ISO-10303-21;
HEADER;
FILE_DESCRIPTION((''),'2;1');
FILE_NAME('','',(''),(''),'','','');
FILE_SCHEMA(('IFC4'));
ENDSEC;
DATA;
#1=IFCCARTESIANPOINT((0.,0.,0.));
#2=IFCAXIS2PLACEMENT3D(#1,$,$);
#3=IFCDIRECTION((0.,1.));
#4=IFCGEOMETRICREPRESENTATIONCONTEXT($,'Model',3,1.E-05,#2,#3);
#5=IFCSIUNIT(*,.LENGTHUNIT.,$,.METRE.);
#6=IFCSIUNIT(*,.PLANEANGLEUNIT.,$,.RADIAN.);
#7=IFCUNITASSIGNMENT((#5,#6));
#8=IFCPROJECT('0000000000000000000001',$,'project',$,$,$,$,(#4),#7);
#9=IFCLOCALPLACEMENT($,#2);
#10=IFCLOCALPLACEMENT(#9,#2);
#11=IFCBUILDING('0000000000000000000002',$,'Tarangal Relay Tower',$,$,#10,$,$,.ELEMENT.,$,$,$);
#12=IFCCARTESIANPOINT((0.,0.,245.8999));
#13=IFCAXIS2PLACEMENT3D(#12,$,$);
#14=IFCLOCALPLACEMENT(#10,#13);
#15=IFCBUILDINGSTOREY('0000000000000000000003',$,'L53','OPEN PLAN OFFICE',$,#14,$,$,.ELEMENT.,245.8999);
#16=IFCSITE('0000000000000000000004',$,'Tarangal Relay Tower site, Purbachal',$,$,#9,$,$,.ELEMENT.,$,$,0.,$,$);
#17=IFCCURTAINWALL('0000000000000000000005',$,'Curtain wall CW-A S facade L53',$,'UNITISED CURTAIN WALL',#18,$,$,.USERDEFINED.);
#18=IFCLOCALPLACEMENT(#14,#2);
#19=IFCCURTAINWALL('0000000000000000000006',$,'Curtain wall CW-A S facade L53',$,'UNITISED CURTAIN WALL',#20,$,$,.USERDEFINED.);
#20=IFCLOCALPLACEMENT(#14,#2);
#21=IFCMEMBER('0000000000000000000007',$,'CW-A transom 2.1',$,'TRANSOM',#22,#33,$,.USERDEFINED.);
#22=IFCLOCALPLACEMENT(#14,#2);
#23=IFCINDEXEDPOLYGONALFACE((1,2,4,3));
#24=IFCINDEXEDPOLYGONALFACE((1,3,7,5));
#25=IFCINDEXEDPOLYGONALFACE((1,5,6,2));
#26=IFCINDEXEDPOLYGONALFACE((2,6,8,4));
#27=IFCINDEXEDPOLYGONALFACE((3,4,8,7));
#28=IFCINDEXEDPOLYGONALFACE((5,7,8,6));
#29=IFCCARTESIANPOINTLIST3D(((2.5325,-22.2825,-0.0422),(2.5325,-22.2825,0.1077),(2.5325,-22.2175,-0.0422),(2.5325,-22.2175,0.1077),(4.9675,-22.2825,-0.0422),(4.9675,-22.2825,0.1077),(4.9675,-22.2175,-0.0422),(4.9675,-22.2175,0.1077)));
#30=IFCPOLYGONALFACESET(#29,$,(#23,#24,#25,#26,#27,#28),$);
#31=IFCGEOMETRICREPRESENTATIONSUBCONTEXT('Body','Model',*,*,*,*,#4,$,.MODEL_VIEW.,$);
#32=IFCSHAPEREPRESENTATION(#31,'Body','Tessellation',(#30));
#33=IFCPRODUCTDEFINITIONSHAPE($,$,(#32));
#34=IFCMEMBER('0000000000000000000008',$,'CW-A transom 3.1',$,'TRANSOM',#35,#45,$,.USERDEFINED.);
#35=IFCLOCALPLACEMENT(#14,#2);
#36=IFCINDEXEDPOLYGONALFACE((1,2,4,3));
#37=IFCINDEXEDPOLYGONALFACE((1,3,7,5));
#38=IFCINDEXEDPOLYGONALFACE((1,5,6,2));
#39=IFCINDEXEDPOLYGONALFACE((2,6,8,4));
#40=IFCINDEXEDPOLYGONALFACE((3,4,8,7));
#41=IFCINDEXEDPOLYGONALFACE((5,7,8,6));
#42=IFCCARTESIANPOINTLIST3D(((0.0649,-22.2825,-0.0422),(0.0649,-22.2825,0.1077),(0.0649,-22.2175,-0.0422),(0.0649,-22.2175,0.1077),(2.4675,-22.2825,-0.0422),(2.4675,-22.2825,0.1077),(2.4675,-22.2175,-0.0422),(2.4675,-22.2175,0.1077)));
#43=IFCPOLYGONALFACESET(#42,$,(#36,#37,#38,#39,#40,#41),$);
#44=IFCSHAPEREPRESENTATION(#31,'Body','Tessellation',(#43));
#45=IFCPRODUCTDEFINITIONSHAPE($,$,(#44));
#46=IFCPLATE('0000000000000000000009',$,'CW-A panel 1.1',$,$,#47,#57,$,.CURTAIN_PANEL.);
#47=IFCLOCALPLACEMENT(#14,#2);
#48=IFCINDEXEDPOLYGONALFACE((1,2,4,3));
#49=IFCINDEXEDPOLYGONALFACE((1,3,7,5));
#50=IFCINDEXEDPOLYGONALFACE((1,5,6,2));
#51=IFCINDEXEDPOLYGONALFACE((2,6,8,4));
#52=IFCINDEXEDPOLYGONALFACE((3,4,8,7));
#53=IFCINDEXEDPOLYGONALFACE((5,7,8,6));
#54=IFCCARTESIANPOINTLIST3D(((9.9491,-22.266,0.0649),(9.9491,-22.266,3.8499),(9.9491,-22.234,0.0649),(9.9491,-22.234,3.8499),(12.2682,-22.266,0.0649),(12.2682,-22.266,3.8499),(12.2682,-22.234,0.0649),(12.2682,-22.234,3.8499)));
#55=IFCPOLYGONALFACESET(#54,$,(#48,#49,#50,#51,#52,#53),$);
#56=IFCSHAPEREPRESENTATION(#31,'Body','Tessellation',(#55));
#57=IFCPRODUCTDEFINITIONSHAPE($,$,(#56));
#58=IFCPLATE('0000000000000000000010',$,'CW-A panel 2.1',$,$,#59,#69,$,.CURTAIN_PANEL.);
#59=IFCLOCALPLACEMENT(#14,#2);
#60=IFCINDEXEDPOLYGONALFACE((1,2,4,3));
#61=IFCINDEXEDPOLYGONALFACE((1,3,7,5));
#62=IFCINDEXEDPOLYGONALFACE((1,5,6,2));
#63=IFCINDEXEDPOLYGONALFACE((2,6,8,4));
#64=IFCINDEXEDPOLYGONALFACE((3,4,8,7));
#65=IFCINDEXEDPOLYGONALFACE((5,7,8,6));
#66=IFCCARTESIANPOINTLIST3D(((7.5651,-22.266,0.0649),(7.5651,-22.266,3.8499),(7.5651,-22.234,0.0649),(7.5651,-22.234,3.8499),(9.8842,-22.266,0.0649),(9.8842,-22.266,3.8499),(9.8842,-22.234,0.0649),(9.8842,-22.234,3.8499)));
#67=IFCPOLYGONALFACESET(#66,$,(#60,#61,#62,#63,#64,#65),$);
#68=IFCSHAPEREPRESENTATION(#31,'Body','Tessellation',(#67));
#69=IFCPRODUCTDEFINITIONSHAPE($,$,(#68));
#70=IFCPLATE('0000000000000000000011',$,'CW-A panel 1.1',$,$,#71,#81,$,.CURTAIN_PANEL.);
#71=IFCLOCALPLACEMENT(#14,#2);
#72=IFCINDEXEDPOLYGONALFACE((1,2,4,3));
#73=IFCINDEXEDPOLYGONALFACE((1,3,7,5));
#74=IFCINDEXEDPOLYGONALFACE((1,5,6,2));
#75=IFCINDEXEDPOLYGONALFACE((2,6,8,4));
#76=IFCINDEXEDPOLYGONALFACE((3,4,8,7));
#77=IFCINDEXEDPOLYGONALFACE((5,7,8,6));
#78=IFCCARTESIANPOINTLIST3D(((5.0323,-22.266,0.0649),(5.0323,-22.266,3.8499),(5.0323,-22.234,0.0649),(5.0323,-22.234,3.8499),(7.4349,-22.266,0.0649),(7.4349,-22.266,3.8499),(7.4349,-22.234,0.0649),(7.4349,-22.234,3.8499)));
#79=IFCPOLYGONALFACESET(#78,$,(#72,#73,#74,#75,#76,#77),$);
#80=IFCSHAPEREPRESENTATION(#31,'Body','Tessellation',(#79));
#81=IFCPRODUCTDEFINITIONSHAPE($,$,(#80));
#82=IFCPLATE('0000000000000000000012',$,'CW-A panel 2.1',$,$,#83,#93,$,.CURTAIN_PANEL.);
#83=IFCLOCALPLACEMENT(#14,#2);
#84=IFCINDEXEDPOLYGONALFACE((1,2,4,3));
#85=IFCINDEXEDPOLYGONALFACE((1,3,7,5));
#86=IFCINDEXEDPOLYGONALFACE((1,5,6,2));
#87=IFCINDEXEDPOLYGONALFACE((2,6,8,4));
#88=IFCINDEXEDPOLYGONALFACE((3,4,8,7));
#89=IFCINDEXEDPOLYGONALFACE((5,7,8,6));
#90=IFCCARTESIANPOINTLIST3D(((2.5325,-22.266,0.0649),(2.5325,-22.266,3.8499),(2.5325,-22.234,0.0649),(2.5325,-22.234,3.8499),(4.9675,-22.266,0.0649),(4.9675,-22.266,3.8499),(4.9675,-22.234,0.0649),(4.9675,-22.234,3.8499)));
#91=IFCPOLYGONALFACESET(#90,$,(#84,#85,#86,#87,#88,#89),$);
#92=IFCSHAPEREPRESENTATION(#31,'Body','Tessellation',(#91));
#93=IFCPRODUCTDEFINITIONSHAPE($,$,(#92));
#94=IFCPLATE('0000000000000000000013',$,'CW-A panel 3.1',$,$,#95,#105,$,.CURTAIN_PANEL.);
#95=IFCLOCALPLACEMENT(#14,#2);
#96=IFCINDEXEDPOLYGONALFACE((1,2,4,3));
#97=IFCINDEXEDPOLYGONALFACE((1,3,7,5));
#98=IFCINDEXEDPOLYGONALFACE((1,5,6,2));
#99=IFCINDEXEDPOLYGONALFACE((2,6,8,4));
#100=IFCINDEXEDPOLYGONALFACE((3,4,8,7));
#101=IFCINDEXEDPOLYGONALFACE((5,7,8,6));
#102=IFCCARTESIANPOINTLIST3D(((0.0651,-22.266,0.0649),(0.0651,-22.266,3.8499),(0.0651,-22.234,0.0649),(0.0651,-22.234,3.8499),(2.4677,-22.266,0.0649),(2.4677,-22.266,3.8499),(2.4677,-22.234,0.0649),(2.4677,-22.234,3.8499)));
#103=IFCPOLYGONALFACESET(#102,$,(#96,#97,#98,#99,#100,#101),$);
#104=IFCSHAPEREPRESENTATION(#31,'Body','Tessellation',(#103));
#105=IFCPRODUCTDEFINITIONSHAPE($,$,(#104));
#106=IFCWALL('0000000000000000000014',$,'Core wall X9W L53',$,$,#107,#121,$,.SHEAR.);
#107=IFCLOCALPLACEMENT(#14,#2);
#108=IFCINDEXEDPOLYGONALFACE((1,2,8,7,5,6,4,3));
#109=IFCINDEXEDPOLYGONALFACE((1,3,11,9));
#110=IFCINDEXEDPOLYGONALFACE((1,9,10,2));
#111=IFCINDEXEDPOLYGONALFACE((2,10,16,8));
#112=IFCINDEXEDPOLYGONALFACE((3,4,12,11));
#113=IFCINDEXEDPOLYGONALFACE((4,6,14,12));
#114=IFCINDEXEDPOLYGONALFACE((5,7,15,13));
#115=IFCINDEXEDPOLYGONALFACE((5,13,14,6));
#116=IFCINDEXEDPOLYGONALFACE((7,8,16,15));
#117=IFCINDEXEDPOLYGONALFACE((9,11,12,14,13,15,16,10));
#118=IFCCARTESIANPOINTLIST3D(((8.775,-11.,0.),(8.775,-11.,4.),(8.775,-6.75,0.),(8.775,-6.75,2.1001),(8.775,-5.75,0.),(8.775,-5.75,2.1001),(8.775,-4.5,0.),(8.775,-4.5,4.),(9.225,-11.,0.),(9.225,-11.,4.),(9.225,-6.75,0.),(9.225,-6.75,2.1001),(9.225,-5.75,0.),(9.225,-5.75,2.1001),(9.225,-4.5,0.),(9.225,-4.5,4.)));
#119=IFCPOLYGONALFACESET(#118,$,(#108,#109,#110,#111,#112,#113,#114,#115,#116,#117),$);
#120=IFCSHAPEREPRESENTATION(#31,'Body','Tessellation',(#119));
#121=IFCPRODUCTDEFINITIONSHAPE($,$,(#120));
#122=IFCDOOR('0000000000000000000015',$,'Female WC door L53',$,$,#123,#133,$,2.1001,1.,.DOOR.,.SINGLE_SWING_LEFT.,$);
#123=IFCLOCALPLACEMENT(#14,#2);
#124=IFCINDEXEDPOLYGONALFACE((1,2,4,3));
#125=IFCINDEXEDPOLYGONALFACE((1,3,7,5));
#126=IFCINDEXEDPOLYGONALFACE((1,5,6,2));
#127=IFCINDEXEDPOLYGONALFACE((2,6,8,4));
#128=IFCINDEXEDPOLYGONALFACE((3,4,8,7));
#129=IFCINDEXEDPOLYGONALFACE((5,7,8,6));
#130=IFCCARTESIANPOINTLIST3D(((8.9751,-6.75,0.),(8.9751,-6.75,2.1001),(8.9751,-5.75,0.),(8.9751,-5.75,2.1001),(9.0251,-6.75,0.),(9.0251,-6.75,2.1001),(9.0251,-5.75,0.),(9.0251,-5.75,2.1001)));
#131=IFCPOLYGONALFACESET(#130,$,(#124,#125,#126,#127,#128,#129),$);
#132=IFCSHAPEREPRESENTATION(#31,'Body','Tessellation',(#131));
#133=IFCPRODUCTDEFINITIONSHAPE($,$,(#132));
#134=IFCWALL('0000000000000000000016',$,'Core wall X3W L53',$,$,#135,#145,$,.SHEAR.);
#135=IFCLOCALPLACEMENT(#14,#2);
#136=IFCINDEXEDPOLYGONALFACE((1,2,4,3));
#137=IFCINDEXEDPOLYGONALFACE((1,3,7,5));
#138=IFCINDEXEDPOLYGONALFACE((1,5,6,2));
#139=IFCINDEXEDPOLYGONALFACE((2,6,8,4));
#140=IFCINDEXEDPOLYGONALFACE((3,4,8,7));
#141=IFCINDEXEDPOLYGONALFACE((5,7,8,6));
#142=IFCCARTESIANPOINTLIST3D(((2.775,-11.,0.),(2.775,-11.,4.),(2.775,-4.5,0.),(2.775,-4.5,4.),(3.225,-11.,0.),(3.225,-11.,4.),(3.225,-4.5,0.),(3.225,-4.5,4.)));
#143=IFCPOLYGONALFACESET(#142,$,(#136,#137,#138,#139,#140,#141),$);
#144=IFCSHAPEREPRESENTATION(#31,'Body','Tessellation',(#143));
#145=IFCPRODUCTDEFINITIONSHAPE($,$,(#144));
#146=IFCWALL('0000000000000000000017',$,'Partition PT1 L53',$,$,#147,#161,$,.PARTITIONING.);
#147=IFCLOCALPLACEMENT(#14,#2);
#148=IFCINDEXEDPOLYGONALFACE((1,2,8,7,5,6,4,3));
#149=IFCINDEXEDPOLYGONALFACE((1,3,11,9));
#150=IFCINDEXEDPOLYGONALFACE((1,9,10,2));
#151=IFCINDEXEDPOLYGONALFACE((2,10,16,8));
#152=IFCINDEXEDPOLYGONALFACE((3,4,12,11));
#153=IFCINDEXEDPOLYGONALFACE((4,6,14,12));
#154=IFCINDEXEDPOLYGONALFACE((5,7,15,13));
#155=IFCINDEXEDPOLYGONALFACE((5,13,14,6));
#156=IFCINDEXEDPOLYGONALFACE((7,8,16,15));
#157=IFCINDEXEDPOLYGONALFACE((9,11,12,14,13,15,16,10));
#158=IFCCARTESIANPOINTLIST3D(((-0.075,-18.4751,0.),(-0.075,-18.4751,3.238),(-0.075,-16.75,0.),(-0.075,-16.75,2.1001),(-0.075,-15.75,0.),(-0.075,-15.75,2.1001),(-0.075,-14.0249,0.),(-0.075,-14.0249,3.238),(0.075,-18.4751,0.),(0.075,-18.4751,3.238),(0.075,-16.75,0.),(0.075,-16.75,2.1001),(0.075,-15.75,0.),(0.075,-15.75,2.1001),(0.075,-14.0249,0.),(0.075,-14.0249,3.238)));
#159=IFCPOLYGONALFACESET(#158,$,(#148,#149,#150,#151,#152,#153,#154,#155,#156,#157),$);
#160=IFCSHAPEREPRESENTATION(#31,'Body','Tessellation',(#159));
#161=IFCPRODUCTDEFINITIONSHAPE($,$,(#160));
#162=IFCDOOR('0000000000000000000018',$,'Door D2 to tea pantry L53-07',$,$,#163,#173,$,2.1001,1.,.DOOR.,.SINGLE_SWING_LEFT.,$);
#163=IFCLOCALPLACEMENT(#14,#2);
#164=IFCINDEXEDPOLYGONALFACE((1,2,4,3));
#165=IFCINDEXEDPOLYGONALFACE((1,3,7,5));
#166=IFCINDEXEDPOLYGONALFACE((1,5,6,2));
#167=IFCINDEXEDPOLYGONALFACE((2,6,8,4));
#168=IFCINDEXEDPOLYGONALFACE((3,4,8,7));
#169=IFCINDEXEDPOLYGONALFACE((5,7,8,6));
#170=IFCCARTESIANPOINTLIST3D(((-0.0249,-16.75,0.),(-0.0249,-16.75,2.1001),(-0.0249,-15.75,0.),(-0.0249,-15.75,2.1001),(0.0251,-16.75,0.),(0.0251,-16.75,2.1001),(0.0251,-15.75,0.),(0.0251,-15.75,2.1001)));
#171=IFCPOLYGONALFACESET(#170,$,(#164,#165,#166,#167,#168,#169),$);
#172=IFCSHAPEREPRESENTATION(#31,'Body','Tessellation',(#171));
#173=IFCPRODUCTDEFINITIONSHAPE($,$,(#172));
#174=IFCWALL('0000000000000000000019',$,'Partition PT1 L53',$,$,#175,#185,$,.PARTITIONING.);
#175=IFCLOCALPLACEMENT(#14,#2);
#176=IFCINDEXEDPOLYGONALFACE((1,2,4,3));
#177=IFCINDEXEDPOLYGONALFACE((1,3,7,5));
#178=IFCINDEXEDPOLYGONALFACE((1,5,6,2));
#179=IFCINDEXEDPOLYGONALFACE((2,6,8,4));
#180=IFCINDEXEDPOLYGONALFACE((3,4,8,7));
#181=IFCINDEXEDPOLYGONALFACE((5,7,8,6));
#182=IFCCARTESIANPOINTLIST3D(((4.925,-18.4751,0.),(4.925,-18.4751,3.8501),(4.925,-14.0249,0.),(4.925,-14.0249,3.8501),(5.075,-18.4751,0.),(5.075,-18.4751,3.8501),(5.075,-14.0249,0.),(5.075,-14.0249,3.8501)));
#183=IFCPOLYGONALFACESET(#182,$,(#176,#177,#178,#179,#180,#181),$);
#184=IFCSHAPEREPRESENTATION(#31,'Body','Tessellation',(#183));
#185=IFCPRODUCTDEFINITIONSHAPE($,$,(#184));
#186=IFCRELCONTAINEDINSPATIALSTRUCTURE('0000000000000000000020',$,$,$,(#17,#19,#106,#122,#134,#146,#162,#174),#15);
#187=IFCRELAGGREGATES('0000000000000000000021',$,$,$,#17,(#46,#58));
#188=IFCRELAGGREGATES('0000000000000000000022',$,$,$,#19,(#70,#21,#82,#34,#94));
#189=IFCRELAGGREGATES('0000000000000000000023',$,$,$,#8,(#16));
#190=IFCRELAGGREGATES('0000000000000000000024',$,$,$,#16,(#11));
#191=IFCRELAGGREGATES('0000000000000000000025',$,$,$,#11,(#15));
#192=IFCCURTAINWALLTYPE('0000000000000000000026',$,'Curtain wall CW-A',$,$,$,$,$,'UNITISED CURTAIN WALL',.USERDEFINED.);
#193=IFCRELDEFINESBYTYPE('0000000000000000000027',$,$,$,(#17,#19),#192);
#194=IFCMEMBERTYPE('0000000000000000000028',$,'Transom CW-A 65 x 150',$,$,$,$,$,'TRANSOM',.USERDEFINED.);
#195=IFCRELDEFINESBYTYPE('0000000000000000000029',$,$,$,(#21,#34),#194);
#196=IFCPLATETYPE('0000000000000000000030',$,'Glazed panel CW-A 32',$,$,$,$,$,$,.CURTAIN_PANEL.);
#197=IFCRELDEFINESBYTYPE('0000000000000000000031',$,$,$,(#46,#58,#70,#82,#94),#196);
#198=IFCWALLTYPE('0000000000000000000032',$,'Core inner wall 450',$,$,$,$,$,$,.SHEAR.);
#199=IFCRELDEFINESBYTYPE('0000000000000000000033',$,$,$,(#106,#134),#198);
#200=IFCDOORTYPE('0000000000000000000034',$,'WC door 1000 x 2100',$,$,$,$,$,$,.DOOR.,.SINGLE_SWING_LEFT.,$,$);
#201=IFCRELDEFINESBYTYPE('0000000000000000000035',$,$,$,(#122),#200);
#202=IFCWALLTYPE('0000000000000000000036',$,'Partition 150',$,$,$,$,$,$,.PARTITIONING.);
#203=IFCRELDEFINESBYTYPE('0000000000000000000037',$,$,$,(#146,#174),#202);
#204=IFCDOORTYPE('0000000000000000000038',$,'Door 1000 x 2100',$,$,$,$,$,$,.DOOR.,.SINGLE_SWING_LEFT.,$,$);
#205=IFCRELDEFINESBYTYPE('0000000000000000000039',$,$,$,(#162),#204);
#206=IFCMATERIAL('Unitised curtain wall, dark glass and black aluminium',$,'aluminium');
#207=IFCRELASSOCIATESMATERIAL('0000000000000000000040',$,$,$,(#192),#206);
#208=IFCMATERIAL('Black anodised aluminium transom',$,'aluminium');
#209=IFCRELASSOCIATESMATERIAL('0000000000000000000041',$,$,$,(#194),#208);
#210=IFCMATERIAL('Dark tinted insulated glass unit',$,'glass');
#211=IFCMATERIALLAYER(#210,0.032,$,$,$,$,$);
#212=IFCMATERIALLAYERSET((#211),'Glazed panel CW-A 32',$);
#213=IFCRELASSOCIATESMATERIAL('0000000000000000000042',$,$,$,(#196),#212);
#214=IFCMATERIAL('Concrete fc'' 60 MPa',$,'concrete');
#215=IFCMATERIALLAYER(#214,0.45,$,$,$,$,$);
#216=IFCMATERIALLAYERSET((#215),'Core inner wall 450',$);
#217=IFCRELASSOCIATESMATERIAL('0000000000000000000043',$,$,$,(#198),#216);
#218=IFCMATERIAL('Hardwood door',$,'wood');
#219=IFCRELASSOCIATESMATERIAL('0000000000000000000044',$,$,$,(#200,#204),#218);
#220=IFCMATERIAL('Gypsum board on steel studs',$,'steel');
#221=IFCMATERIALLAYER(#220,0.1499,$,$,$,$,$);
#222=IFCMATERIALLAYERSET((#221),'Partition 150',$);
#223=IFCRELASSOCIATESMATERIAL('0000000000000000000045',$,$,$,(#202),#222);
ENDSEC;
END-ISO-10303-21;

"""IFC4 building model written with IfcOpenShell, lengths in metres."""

from ifc_helpers import new_model, si_unit, direction, frame, frame_2d, origin, origin_2d, place, context, subcontext, project, spatial, rectangle, extrude, material, layer, layer_set, material_profile, profile_set, type_object, element, fill, aggregate, save


model = new_model("IFC4")

# Units and contexts
model_context = context("Model", 3, precision=1e-05, world=origin(), true_north=direction((0.0, 1.0)))
body_context = subcontext(model_context, "Body", "Model", "MODEL_VIEW")
ifc_project = project(units=[si_unit("LENGTHUNIT", "METRE"), si_unit("PLANEANGLEUNIT", "RADIAN")], contexts=[model_context])

# Site, building, storey
site_placement = place(None, origin())
site = spatial("IfcSite", under=ifc_project, at=site_placement, Name="Tarangal Relay Tower site, Purbachal", CompositionType="ELEMENT", RefElevation=0.0)
building_placement = place(site_placement, origin())
building = spatial("IfcBuilding", under=site, at=building_placement, Name="Tarangal Relay Tower", CompositionType="ELEMENT")
storey_placement = place(building_placement, frame((0.0, 0.0, 245.8999)))
storey = spatial("IfcBuildingStorey", under=building, at=storey_placement, Name="L53", Description="OPEN PLAN OFFICE", CompositionType="ELEMENT", Elevation=245.8999)

# Curtain walls
ifc_material_1 = material(Name="Unitised curtain wall, dark glass and black aluminium", Category="aluminium")
curtain_wall_type = type_object("IfcCurtainWallType", Name="Curtain wall CW-A", ElementType="UNITISED CURTAIN WALL", PredefinedType="USERDEFINED", material=ifc_material_1)
curtain_wall_1_placement = place(storey_placement, origin())
curtain_wall_1 = element("IfcCurtainWall", 1, at=curtain_wall_1_placement, inside=storey, type_object=curtain_wall_type, Name="Curtain wall CW-A S facade L53", ObjectType="UNITISED CURTAIN WALL", PredefinedType="USERDEFINED")
curtain_wall_2_placement = place(storey_placement, origin())
curtain_wall_2 = element("IfcCurtainWall", 2, at=curtain_wall_2_placement, inside=storey, type_object=curtain_wall_type, Name="Curtain wall CW-A S facade L53", ObjectType="UNITISED CURTAIN WALL", PredefinedType="USERDEFINED")

# Members
ifc_material_2 = material(Name="Black anodised aluminium transom", Category="aluminium")
ifc_material_profile_1 = material_profile(ifc_material_2, rectangle(XDim=0.0649, YDim=0.1499, at=origin_2d()), Name="CW-AT 65X150")
ifc_profile_set_1 = profile_set([ifc_material_profile_1], Name="Black anodised aluminium transom")
member_type_1 = type_object("IfcMemberType", Name="Transom CW-A 65 x 150", ElementType="TRANSOM", PredefinedType="USERDEFINED", material=ifc_profile_set_1)
member_1_placement = place(storey_placement, frame((4.9675, -22.25, 0.0327), z_axis=(-1.0, 0.0, 0.0), x_axis=(0.0, -1.0, 0.0)))
member_1 = element("IfcMember", 3, at=member_1_placement, type_object=member_type_1, Name="CW-A transom 2.1", ObjectType="TRANSOM", PredefinedType="USERDEFINED", context=body_context, shape_type="SweptSolid", body=[
    extrude(rectangle(XDim=0.0649, YDim=0.1499, at=origin_2d()), origin(), (0.0, 0.0, 1.0), 2.4351),
])
member_2_placement = place(storey_placement, frame((2.4675, -22.25, 0.0327), z_axis=(-1.0, 0.0, 0.0), x_axis=(0.0, -1.0, 0.0)))
member_2 = element("IfcMember", 4, at=member_2_placement, type_object=member_type_1, Name="CW-A transom 3.1", ObjectType="TRANSOM", PredefinedType="USERDEFINED", context=body_context, shape_type="SweptSolid", body=[
    extrude(rectangle(XDim=0.0649, YDim=0.1499, at=origin_2d()), origin(), (0.0, 0.0, 1.0), 2.4026),
])

# Plates
ifc_material_3 = material(Name="Dark tinted insulated glass unit", Category="glass")
ifc_layer_1 = layer(ifc_material_3, 0.032)
ifc_layer_set_1 = layer_set([ifc_layer_1], Name="Glazed panel CW-A 32")
plate_type = type_object("IfcPlateType", Name="Glazed panel CW-A 32", PredefinedType="CURTAIN_PANEL", material=ifc_layer_set_1)
plate_1_placement = place(storey_placement, frame((11.1086, -22.25, 0.0649), z_axis=(0.0, 0.0, 1.0), x_axis=(-1.0, 0.0, 0.0)))
plate_1 = element("IfcPlate", 5, at=plate_1_placement, type_object=plate_type, Name="CW-A panel 1.1", PredefinedType="CURTAIN_PANEL", context=body_context, shape_type="SweptSolid", body=[
    extrude(rectangle(XDim=2.3191, YDim=0.032, at=origin_2d()), origin(), (0.0, 0.0, 1.0), 3.7849),
])
plate_2_placement = place(storey_placement, frame((8.7246, -22.25, 0.0649), z_axis=(0.0, 0.0, 1.0), x_axis=(-1.0, 0.0, 0.0)))
plate_2 = element("IfcPlate", 6, at=plate_2_placement, type_object=plate_type, Name="CW-A panel 2.1", PredefinedType="CURTAIN_PANEL", context=body_context, shape_type="SweptSolid", body=[
    extrude(rectangle(XDim=2.3191, YDim=0.032, at=origin_2d()), origin(), (0.0, 0.0, 1.0), 3.7849),
])
aggregate(curtain_wall_1, [plate_1, plate_2])
plate_3_placement = place(storey_placement, frame((6.2336, -22.25, 0.0649), z_axis=(0.0, 0.0, 1.0), x_axis=(-1.0, 0.0, 0.0)))
plate_3 = element("IfcPlate", 7, at=plate_3_placement, type_object=plate_type, Name="CW-A panel 1.1", PredefinedType="CURTAIN_PANEL", context=body_context, shape_type="SweptSolid", body=[
    extrude(rectangle(XDim=2.4026, YDim=0.032, at=origin_2d()), origin(), (0.0, 0.0, 1.0), 3.7849),
])
plate_4_placement = place(storey_placement, frame((3.75, -22.25, 0.0649), z_axis=(0.0, 0.0, 1.0), x_axis=(-1.0, 0.0, 0.0)))
plate_4 = element("IfcPlate", 8, at=plate_4_placement, type_object=plate_type, Name="CW-A panel 2.1", PredefinedType="CURTAIN_PANEL", context=body_context, shape_type="SweptSolid", body=[
    extrude(rectangle(XDim=2.4351, YDim=0.032, at=origin_2d()), origin(), (0.0, 0.0, 1.0), 3.7849),
])
plate_5_placement = place(storey_placement, frame((1.2664, -22.25, 0.0649), z_axis=(0.0, 0.0, 1.0), x_axis=(-1.0, 0.0, 0.0)))
plate_5 = element("IfcPlate", 9, at=plate_5_placement, type_object=plate_type, Name="CW-A panel 3.1", PredefinedType="CURTAIN_PANEL", context=body_context, shape_type="SweptSolid", body=[
    extrude(rectangle(XDim=2.4026, YDim=0.032, at=origin_2d()), origin(), (0.0, 0.0, 1.0), 3.7849),
])
aggregate(curtain_wall_2, [plate_3, member_1, plate_4, member_2, plate_5])

# Wall, opening, door
ifc_material_4 = material(Name="Concrete fc' 60 MPa", Category="concrete")
ifc_layer_2 = layer(ifc_material_4, 0.45)
ifc_layer_set_2 = layer_set([ifc_layer_2], Name="Core inner wall 450")
wall_type_1 = type_object("IfcWallType", Name="Core inner wall 450", PredefinedType="SHEAR", material=ifc_layer_set_2)
wall_1_placement = place(storey_placement, frame((9.0, -11.0, 0.0), z_axis=(0.0, 0.0, 1.0), x_axis=(0.0, 1.0, 0.0)))
wall_1 = element("IfcWall", 10, at=wall_1_placement, inside=storey, type_object=wall_type_1, Name="Core wall X9W L53", PredefinedType="SHEAR", context=body_context, shape_type="SweptSolid", body=[
    extrude(rectangle(XDim=6.5, YDim=0.45, at=frame_2d((3.25, 0.0))), origin(), (0.0, 0.0, 1.0), 4.0),
])
opening_1_placement = place(wall_1_placement, frame((4.25, 0.0, 0.0)))
opening_1 = element("IfcOpeningElement", 11, at=opening_1_placement, cuts=wall_1, PredefinedType="OPENING", context=body_context, shape_type="SweptSolid", body=[
    extrude(rectangle(XDim=1.0, YDim=2.1001, at=frame_2d((0.5, 1.05))), frame((0.0, 0.2349, 0.0), z_axis=(0.0, -1.0, 0.0), x_axis=(1.0, 0.0, 0.0)), (0.0, 0.0, 1.0), 0.47),
])
ifc_material_5 = material(Name="Hardwood door", Category="wood")
door_type_1 = type_object("IfcDoorType", Name="WC door 1000 x 2100", OperationType="SINGLE_SWING_LEFT", PredefinedType="DOOR", material=ifc_material_5)
door_1_placement = place(opening_1_placement, origin())
door_1 = element("IfcDoor", 12, at=door_1_placement, inside=storey, type_object=door_type_1, Name="Female WC door L53", OperationType="SINGLE_SWING_LEFT", OverallHeight=2.1001, OverallWidth=1.0, PredefinedType="DOOR", context=body_context, shape_type="SweptSolid", body=[
    extrude(rectangle(XDim=1.0, YDim=2.1001, at=frame_2d((0.5, 1.05))), frame((0.0, 0.0249, 0.0), z_axis=(0.0, -1.0, 0.0), x_axis=(1.0, 0.0, 0.0)), (0.0, 0.0, 1.0), 0.05),
])
fill(opening_1, door_1)

# Wall
wall_2_placement = place(storey_placement, frame((3.0, -11.0, 0.0), z_axis=(0.0, 0.0, 1.0), x_axis=(0.0, 1.0, 0.0)))
element("IfcWall", 13, at=wall_2_placement, inside=storey, type_object=wall_type_1, Name="Core wall X3W L53", PredefinedType="SHEAR", context=body_context, shape_type="SweptSolid", body=[
    extrude(rectangle(XDim=6.5, YDim=0.45, at=frame_2d((3.25, 0.0))), origin(), (0.0, 0.0, 1.0), 4.0),
])

# Wall, opening, door
ifc_material_6 = material(Name="Gypsum board on steel studs", Category="steel")
ifc_layer_3 = layer(ifc_material_6, 0.1499)
ifc_layer_set_3 = layer_set([ifc_layer_3], Name="Partition 150")
wall_type_2 = type_object("IfcWallType", Name="Partition 150", PredefinedType="PARTITIONING", material=ifc_layer_set_3)
wall_3_placement = place(storey_placement, frame((0.0, -18.4751, 0.0), z_axis=(0.0, 0.0, 1.0), x_axis=(0.0, 1.0, 0.0)))
wall_3 = element("IfcWall", 14, at=wall_3_placement, inside=storey, type_object=wall_type_2, Name="Partition PT1 L53", PredefinedType="PARTITIONING", context=body_context, shape_type="SweptSolid", body=[
    extrude(rectangle(XDim=4.4502, YDim=0.1499, at=frame_2d((2.2251, 0.0))), origin(), (0.0, 0.0, 1.0), 3.238),
])
opening_2_placement = place(wall_3_placement, frame((1.7251, 0.0, 0.0)))
opening_2 = element("IfcOpeningElement", 15, at=opening_2_placement, cuts=wall_3, PredefinedType="OPENING", context=body_context, shape_type="SweptSolid", body=[
    extrude(rectangle(XDim=1.0, YDim=2.1001, at=frame_2d((0.5, 1.05))), frame((0.0, 0.085, 0.0), z_axis=(0.0, -1.0, 0.0), x_axis=(1.0, 0.0, 0.0)), (0.0, 0.0, 1.0), 0.1699),
])
door_type_2 = type_object("IfcDoorType", Name="Door 1000 x 2100", OperationType="SINGLE_SWING_LEFT", PredefinedType="DOOR", material=ifc_material_5)
door_2_placement = place(opening_2_placement, origin())
door_2 = element("IfcDoor", 16, at=door_2_placement, inside=storey, type_object=door_type_2, Name="Door D2 to tea pantry L53-07", OperationType="SINGLE_SWING_LEFT", OverallHeight=2.1001, OverallWidth=1.0, PredefinedType="DOOR", context=body_context, shape_type="SweptSolid", body=[
    extrude(rectangle(XDim=1.0, YDim=2.1001, at=frame_2d((0.5, 1.05))), frame((0.0, 0.0249, 0.0), z_axis=(0.0, -1.0, 0.0), x_axis=(1.0, 0.0, 0.0)), (0.0, 0.0, 1.0), 0.05),
])
fill(opening_2, door_2)

# Wall
wall_4_placement = place(storey_placement, frame((5.0, -18.4751, 0.0), z_axis=(0.0, 0.0, 1.0), x_axis=(0.0, 1.0, 0.0)))
element("IfcWall", 17, at=wall_4_placement, inside=storey, type_object=wall_type_2, Name="Partition PT1 L53", PredefinedType="PARTITIONING", context=body_context, shape_type="SweptSolid", body=[
    extrude(rectangle(XDim=4.4502, YDim=0.1499, at=frame_2d((2.2251, 0.0))), origin(), (0.0, 0.0, 1.0), 3.8501),
])

save(model, "model.ifc")
